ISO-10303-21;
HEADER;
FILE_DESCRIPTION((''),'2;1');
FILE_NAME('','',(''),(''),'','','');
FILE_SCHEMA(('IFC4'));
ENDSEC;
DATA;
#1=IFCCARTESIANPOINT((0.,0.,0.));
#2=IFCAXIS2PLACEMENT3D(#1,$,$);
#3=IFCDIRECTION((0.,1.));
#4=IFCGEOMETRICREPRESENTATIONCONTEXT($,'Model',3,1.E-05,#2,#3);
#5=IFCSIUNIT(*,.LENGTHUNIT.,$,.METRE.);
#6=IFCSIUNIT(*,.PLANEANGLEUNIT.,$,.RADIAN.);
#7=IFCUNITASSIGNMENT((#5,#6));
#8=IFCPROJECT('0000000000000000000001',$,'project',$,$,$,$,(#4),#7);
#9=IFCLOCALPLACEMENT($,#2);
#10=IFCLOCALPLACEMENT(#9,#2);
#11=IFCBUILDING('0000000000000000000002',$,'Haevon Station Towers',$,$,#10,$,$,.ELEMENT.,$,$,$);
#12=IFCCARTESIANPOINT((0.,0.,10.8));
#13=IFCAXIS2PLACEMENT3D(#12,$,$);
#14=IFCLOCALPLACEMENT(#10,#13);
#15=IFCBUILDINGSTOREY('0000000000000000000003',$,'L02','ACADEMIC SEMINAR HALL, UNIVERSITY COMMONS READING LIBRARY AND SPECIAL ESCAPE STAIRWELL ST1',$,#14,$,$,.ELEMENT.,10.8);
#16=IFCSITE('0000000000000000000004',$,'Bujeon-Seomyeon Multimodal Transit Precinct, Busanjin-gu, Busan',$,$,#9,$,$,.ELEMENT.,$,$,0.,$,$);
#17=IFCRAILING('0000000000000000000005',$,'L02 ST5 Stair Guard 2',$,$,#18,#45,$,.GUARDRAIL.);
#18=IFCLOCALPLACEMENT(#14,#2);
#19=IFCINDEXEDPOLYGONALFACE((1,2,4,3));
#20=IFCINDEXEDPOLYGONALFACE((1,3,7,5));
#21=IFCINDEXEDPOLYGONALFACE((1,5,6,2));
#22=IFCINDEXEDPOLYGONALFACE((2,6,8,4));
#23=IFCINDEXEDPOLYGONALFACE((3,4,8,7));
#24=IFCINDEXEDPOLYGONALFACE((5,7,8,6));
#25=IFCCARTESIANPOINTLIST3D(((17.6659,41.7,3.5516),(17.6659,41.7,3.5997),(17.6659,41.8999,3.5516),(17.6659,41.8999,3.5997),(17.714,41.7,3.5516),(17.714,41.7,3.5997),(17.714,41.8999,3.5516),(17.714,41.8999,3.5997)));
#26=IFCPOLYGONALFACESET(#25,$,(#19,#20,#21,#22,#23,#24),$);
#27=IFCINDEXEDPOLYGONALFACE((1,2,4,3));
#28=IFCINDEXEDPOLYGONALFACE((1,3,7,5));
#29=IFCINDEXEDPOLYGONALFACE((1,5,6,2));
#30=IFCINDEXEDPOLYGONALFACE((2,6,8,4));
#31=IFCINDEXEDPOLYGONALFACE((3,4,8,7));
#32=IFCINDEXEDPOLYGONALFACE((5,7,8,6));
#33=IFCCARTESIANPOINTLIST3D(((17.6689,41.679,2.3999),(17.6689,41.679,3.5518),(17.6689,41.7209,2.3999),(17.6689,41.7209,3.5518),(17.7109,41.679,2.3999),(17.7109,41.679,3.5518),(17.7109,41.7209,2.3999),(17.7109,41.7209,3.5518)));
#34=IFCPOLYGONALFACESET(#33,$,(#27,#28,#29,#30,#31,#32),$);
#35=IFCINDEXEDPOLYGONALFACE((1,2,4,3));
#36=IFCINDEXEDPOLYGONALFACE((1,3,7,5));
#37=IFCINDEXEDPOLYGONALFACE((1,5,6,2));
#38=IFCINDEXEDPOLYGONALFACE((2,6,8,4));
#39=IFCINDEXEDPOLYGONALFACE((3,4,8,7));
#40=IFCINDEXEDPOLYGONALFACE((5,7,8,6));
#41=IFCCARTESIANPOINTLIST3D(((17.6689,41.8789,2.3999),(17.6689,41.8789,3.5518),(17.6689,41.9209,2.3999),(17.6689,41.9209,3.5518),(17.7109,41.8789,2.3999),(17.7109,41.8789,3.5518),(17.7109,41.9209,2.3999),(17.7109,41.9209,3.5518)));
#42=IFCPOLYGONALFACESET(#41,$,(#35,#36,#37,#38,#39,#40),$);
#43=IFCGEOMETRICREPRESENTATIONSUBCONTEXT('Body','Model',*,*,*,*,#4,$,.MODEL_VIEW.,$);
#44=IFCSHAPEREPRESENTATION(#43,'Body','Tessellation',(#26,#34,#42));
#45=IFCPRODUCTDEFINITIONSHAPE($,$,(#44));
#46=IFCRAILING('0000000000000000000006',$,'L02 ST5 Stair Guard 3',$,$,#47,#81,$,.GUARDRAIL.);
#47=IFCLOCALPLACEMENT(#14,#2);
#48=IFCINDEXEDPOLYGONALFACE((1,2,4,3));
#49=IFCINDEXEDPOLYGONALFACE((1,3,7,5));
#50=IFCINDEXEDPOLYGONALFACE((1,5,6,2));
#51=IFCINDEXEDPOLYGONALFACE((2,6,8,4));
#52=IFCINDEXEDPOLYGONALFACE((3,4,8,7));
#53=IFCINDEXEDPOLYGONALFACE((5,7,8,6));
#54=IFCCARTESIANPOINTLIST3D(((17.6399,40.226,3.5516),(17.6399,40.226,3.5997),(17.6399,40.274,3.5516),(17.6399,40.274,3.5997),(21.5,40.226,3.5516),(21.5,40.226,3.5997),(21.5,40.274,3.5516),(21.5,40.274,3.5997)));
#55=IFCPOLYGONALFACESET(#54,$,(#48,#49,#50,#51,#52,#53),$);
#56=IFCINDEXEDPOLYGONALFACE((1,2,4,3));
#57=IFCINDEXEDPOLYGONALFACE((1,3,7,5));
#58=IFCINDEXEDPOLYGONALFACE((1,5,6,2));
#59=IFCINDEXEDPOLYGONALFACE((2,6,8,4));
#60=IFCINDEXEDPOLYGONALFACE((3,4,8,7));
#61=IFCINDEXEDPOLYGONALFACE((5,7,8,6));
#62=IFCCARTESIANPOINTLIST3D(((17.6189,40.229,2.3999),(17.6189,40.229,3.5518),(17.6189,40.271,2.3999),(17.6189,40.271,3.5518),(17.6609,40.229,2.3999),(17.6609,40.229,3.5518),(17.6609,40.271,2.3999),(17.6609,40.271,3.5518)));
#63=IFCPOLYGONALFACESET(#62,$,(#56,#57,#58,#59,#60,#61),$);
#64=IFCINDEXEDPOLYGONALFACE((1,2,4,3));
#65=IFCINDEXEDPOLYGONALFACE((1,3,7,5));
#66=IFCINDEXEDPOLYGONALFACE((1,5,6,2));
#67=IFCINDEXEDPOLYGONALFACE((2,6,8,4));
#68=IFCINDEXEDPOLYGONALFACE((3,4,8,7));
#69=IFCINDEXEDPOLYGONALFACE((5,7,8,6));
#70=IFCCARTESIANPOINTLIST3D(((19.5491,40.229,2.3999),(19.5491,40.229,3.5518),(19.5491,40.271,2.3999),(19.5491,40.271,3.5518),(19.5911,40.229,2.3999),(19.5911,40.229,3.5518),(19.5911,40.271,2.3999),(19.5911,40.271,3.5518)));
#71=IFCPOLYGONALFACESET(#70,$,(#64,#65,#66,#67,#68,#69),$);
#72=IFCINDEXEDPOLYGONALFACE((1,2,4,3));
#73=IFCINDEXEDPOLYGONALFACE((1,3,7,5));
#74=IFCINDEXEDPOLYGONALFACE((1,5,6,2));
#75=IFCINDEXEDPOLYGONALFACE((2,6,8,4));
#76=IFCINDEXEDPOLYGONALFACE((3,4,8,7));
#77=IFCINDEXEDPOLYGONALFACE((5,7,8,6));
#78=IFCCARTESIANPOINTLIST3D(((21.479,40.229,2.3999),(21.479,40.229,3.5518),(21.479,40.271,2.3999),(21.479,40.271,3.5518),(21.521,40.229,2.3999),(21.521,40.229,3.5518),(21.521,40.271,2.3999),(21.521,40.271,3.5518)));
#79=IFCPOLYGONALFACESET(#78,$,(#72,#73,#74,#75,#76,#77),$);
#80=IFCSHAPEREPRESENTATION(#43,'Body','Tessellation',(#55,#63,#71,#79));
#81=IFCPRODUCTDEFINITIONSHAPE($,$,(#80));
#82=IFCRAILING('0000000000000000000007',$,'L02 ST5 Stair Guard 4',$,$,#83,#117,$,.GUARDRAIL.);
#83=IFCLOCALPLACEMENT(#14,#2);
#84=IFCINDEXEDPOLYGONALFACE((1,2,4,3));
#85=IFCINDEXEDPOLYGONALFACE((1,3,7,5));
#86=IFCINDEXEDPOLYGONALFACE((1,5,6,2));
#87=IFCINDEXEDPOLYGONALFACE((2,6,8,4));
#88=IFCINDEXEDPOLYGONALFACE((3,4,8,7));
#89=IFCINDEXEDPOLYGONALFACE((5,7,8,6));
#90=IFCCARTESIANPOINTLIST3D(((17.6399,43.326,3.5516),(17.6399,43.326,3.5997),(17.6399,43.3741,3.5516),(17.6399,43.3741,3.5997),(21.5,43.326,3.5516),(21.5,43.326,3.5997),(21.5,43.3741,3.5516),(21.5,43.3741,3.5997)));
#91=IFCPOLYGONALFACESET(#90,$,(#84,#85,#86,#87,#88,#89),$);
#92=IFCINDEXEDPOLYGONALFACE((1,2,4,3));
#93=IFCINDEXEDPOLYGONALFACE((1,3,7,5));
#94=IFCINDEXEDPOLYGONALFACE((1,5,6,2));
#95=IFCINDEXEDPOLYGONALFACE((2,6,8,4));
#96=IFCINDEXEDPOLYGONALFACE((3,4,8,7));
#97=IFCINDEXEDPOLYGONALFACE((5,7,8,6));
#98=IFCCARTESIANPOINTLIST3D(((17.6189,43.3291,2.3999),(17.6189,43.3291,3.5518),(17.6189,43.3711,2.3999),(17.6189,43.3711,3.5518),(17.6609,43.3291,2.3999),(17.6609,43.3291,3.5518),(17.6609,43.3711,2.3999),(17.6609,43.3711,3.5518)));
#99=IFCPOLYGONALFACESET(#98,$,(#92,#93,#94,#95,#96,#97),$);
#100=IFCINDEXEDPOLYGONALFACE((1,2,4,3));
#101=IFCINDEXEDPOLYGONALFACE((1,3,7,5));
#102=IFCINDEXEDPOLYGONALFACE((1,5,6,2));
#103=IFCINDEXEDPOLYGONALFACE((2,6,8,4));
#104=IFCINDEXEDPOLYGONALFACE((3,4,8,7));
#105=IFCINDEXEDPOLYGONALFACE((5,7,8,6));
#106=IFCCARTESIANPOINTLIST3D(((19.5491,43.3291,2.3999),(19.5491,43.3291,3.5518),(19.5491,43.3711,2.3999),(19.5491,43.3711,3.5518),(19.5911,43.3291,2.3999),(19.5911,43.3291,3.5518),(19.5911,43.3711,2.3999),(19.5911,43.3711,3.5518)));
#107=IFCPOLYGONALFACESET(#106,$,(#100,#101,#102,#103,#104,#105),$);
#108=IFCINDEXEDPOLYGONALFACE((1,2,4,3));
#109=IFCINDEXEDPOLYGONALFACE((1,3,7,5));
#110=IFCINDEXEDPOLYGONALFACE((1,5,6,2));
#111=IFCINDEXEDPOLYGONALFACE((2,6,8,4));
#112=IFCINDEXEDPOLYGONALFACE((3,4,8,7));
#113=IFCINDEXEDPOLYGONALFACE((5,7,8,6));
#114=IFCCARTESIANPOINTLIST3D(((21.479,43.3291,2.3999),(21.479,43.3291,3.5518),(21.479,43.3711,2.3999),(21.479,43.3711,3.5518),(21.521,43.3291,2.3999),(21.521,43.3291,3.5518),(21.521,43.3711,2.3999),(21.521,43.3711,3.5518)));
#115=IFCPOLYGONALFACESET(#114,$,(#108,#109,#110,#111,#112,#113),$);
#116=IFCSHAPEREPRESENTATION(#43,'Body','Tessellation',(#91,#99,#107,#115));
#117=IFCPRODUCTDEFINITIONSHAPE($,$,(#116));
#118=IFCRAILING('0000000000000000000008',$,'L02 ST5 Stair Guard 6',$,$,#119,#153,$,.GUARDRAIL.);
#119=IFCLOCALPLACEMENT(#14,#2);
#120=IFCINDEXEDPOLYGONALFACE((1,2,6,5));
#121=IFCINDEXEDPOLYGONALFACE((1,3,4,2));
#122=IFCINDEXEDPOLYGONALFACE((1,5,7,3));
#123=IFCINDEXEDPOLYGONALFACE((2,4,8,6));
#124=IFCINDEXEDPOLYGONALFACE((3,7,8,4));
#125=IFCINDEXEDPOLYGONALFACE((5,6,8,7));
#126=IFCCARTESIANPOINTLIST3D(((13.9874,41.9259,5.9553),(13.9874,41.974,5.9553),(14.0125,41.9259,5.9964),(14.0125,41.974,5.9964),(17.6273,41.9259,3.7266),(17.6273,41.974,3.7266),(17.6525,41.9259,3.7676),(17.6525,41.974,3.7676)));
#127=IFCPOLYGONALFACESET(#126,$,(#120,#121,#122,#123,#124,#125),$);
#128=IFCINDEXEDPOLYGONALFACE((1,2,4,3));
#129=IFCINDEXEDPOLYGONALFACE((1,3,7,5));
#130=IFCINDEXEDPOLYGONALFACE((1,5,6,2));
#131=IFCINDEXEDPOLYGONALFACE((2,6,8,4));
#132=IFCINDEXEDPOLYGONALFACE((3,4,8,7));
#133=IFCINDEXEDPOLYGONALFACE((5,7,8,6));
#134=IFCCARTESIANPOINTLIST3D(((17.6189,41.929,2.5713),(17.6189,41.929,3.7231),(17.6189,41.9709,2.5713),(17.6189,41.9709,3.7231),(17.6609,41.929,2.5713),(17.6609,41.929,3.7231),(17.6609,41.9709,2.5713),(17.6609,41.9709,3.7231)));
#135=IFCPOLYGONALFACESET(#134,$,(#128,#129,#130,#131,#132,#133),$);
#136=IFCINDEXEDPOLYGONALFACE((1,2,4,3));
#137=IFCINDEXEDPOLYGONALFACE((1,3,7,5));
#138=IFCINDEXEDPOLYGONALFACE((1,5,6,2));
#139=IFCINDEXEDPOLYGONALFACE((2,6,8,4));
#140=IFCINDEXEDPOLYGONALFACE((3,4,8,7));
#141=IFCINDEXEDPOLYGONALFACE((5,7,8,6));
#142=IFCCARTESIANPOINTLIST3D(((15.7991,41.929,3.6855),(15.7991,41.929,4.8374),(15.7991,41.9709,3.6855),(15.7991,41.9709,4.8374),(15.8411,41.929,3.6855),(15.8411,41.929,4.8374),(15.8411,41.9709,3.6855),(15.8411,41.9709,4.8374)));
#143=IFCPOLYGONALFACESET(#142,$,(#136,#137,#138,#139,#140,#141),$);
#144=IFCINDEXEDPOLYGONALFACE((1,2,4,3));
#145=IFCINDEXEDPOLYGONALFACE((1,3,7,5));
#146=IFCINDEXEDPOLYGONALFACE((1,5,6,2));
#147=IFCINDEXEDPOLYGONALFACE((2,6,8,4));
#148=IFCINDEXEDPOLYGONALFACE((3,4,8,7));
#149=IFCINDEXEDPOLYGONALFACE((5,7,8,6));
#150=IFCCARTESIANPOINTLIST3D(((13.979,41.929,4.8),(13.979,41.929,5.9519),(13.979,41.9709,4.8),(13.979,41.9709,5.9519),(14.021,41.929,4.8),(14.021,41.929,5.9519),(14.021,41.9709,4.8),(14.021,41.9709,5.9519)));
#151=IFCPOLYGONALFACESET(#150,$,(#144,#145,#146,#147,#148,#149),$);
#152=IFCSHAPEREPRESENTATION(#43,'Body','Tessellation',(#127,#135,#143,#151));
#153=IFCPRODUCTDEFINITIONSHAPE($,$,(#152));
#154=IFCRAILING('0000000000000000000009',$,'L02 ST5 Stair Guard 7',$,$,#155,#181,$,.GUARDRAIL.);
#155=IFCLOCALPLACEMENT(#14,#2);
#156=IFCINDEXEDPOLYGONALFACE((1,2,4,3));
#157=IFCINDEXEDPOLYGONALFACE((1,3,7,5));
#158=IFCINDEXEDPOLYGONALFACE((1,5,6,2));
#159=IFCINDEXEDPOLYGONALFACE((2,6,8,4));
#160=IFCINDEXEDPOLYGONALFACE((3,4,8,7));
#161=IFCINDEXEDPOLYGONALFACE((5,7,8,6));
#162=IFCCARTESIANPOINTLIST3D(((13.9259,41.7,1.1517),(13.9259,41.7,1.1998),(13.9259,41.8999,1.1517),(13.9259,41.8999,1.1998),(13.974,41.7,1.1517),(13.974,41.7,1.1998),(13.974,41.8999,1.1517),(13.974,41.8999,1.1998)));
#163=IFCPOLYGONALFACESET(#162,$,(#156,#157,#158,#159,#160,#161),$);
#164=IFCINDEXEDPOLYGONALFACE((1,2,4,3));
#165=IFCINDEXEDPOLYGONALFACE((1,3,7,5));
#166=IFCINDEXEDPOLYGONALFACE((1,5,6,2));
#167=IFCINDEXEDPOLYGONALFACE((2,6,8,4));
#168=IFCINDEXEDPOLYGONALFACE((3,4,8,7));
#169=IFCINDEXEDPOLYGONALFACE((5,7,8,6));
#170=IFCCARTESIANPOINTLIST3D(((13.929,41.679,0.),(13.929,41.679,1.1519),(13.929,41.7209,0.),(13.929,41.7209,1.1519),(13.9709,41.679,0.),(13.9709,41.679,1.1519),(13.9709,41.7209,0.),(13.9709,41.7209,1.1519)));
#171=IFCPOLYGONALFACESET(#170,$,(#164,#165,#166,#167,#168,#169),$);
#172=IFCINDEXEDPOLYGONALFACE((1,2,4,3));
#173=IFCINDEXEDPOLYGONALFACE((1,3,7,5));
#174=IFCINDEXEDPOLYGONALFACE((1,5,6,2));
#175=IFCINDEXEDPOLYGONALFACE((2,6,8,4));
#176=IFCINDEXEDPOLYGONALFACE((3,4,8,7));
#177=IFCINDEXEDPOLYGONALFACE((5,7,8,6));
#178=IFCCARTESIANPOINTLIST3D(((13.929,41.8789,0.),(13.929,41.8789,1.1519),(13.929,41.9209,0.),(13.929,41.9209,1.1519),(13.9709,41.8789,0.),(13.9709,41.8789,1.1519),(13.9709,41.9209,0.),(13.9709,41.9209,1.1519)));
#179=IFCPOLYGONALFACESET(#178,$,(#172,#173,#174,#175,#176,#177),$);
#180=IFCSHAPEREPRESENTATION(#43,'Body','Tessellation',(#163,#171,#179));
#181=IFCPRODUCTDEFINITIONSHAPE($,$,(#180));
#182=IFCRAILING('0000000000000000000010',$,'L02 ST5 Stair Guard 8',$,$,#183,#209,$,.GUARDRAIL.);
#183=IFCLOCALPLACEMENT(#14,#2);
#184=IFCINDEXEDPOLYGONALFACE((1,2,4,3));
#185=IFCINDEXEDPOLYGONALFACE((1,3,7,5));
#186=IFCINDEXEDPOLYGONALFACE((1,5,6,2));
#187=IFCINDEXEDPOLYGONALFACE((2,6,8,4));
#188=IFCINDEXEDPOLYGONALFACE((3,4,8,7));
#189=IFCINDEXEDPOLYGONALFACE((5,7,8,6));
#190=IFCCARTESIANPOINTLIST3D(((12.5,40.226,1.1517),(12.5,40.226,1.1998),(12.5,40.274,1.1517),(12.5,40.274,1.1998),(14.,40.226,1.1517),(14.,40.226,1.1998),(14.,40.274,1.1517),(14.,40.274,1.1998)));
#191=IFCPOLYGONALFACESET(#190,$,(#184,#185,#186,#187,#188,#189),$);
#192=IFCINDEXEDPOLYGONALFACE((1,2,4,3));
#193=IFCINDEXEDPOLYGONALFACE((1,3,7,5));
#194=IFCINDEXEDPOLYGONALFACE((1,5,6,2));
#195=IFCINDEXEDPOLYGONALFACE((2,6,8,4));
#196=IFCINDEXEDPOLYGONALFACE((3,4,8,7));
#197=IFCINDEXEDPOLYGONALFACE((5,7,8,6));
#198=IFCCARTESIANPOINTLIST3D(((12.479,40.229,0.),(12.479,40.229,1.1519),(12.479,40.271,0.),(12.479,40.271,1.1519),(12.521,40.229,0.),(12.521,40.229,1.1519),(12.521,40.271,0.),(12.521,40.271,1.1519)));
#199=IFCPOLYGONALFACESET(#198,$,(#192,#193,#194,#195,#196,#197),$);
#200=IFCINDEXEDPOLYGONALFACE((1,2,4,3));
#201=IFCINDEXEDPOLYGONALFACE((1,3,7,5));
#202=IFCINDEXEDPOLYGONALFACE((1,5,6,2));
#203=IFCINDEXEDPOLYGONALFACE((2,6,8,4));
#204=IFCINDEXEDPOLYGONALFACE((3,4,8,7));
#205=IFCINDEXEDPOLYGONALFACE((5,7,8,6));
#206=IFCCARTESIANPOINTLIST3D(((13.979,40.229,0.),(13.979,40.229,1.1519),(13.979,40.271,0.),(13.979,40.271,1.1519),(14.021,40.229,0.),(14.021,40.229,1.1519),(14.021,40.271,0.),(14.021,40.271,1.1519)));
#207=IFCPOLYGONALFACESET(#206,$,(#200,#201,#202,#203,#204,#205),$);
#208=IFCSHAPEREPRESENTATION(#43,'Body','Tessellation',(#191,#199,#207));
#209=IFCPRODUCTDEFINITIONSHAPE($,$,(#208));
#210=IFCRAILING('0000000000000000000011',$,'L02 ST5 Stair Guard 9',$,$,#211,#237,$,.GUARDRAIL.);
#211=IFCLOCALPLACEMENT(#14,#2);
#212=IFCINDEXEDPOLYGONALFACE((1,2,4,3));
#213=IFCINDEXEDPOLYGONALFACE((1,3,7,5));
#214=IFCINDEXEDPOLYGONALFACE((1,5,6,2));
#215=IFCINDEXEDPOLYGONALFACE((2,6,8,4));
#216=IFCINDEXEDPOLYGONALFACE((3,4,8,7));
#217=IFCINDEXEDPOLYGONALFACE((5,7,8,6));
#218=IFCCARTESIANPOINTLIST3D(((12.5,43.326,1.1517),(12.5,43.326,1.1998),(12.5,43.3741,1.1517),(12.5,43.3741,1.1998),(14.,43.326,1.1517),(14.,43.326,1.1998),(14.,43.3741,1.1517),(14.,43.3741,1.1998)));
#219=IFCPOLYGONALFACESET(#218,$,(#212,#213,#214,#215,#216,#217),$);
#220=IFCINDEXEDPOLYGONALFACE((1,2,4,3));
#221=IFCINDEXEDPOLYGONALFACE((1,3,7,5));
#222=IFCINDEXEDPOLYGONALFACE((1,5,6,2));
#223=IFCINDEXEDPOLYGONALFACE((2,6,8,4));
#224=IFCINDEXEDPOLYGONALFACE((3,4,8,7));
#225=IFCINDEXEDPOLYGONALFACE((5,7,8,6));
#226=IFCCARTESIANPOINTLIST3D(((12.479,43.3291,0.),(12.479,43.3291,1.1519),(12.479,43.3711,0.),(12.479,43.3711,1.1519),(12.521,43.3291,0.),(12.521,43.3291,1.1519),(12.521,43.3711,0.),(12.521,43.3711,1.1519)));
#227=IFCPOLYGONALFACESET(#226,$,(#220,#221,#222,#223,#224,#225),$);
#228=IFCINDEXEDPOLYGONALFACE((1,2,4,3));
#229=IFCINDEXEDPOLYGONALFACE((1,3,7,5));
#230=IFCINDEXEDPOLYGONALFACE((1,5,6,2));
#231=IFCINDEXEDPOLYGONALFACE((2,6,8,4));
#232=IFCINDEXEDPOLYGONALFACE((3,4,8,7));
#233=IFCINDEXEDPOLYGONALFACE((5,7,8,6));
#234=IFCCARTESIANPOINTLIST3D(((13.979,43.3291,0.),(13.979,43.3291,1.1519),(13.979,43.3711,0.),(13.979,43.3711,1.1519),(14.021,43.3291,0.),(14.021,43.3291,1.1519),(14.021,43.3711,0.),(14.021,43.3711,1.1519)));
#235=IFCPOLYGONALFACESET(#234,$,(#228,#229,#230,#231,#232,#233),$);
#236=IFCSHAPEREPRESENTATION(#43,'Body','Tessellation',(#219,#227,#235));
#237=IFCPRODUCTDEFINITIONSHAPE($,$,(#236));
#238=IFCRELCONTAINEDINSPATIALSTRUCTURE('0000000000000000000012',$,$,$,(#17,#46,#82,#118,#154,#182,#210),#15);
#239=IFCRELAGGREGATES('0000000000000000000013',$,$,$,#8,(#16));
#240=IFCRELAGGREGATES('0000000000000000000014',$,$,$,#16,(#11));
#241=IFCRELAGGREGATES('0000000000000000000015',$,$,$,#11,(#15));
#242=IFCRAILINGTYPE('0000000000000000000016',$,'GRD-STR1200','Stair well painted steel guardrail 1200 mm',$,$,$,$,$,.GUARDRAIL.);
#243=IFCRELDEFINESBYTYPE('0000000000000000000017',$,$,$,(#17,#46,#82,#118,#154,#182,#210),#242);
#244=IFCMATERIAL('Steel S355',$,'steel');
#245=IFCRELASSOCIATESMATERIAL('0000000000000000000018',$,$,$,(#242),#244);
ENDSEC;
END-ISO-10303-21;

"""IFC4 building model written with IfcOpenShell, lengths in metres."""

from ifc_helpers import new_model, si_unit, direction, frame, origin, origin_2d, place, context, subcontext, project, spatial, rectangle, extrude, material, type_object, element, save


model = new_model("IFC4")

# Units and contexts
model_context = context("Model", 3, precision=1e-05, world=origin(), true_north=direction((0.0, 1.0)))
body_context = subcontext(model_context, "Body", "Model", "MODEL_VIEW")
ifc_project = project(units=[si_unit("LENGTHUNIT", "METRE"), si_unit("PLANEANGLEUNIT", "RADIAN")], contexts=[model_context])

# Site, building, storey
site_placement = place(None, origin())
site = spatial("IfcSite", under=ifc_project, at=site_placement, Name="Bujeon-Seomyeon Multimodal Transit Precinct, Busanjin-gu, Busan", CompositionType="ELEMENT", RefElevation=0.0)
building_placement = place(site_placement, origin())
building = spatial("IfcBuilding", under=site, at=building_placement, Name="Haevon Station Towers", CompositionType="ELEMENT")
storey_placement = place(building_placement, frame((0.0, 0.0, 10.8)))
storey = spatial("IfcBuildingStorey", under=building, at=storey_placement, Name="L02", Description="ACADEMIC SEMINAR HALL, UNIVERSITY COMMONS READING LIBRARY AND SPECIAL ESCAPE STAIRWELL ST1", CompositionType="ELEMENT", Elevation=10.8)

# Shared definitions
ifc_material_1 = material(Name="Steel S355", Category="steel")

# Railings
railing_type_1 = type_object("IfcRailingType", Name="GRD-STR1200", Description="Stair well painted steel guardrail 1200 mm", PredefinedType="GUARDRAIL", material=ifc_material_1)
railing_1_placement = place(storey_placement, frame((17.6899, 41.7, 2.3999)))
element("IfcRailing", 1, at=railing_1_placement, inside=storey, type_object=railing_type_1, Name="L02 ST5 Stair Guard 2", PredefinedType="GUARDRAIL", context=body_context, shape_type="SweptSolid", body=[
    extrude(rectangle(XDim=0.0481, YDim=0.0481, at=origin_2d()), frame((0.0, 0.0, 1.1758), z_axis=(0.0, 1.0, 0.0), x_axis=(-1.0, 0.0, 0.0)), (0.0, 0.0, 1.0), 0.2),
    extrude(rectangle(XDim=0.042, YDim=0.042, at=origin_2d()), origin(), (0.0, 0.0, 1.0), 1.1519),
    extrude(rectangle(XDim=0.042, YDim=0.042, at=origin_2d()), frame((0.0, 0.2, 0.0)), (0.0, 0.0, 1.0), 1.1519),
])
for number, where, name in (
    (2, (17.6399, 40.25, 2.3999), "L02 ST5 Stair Guard 3"),
    (3, (17.6399, 43.3501, 2.3999), "L02 ST5 Stair Guard 4"),
):
    element("IfcRailing", number, at=place(storey_placement, frame(where)), inside=storey, type_object=railing_type_1, Name=name, PredefinedType="GUARDRAIL", context=body_context, shape_type="SweptSolid", body=[
        extrude(rectangle(XDim=0.0481, YDim=0.0481, at=origin_2d()), frame((0.0, 0.0, 1.1758), z_axis=(1.0, 0.0, 0.0), x_axis=(0.0, 1.0, 0.0)), (0.0, 0.0, 1.0), 3.8601),
        extrude(rectangle(XDim=0.042, YDim=0.042, at=origin_2d()), origin(), (0.0, 0.0, 1.0), 1.1519),
        extrude(rectangle(XDim=0.042, YDim=0.042, at=origin_2d()), frame((1.9302, 0.0, 0.0)), (0.0, 0.0, 1.0), 1.1519),
        extrude(rectangle(XDim=0.042, YDim=0.042, at=origin_2d()), frame((3.8601, 0.0, 0.0)), (0.0, 0.0, 1.0), 1.1519),
    ])
railing_2_placement = place(storey_placement, frame((17.6399, 41.95, 2.5713)))
element("IfcRailing", 4, at=railing_2_placement, inside=storey, type_object=railing_type_1, Name="L02 ST5 Stair Guard 6", PredefinedType="GUARDRAIL", context=body_context, shape_type="SweptSolid", body=[
    extrude(rectangle(XDim=0.0481, YDim=0.0481, at=origin_2d()), frame((0.0, 0.0, 1.1758), z_axis=(-0.852825, 0.0, 0.522197), x_axis=(0.0, -1.0, 0.0)), (0.0, 0.0, 1.0), 4.2681),
    extrude(rectangle(XDim=0.042, YDim=0.042, at=origin_2d()), origin(), (0.0, 0.0, 1.0), 1.1519),
    extrude(rectangle(XDim=0.042, YDim=0.042, at=origin_2d()), frame((-1.8198, 0.0, 1.1143)), (0.0, 0.0, 1.0), 1.1519),
    extrude(rectangle(XDim=0.042, YDim=0.042, at=origin_2d()), frame((-3.6399, 0.0, 2.2288)), (0.0, 0.0, 1.0), 1.1519),
])
railing_3_placement = place(storey_placement, frame((13.95, 41.7, 0.0)))
element("IfcRailing", 5, at=railing_3_placement, inside=storey, type_object=railing_type_1, Name="L02 ST5 Stair Guard 7", PredefinedType="GUARDRAIL", context=body_context, shape_type="SweptSolid", body=[
    extrude(rectangle(XDim=0.0481, YDim=0.0481, at=origin_2d()), frame((0.0, 0.0, 1.1758), z_axis=(0.0, 1.0, 0.0), x_axis=(-1.0, 0.0, 0.0)), (0.0, 0.0, 1.0), 0.2),
    extrude(rectangle(XDim=0.042, YDim=0.042, at=origin_2d()), origin(), (0.0, 0.0, 1.0), 1.1519),
    extrude(rectangle(XDim=0.042, YDim=0.042, at=origin_2d()), frame((0.0, 0.2, 0.0)), (0.0, 0.0, 1.0), 1.1519),
])
for number, where, name in (
    (6, (12.5, 40.25, 0.0), "L02 ST5 Stair Guard 8"),
    (7, (12.5, 43.3501, 0.0), "L02 ST5 Stair Guard 9"),
):
    element("IfcRailing", number, at=place(storey_placement, frame(where)), inside=storey, type_object=railing_type_1, Name=name, PredefinedType="GUARDRAIL", context=body_context, shape_type="SweptSolid", body=[
        extrude(rectangle(XDim=0.0481, YDim=0.0481, at=origin_2d()), frame((0.0, 0.0, 1.1758), z_axis=(1.0, 0.0, 0.0), x_axis=(0.0, 1.0, 0.0)), (0.0, 0.0, 1.0), 1.5),
        extrude(rectangle(XDim=0.042, YDim=0.042, at=origin_2d()), origin(), (0.0, 0.0, 1.0), 1.1519),
        extrude(rectangle(XDim=0.042, YDim=0.042, at=origin_2d()), frame((1.5, 0.0, 0.0)), (0.0, 0.0, 1.0), 1.1519),
    ])

save(model, "model.ifc")
